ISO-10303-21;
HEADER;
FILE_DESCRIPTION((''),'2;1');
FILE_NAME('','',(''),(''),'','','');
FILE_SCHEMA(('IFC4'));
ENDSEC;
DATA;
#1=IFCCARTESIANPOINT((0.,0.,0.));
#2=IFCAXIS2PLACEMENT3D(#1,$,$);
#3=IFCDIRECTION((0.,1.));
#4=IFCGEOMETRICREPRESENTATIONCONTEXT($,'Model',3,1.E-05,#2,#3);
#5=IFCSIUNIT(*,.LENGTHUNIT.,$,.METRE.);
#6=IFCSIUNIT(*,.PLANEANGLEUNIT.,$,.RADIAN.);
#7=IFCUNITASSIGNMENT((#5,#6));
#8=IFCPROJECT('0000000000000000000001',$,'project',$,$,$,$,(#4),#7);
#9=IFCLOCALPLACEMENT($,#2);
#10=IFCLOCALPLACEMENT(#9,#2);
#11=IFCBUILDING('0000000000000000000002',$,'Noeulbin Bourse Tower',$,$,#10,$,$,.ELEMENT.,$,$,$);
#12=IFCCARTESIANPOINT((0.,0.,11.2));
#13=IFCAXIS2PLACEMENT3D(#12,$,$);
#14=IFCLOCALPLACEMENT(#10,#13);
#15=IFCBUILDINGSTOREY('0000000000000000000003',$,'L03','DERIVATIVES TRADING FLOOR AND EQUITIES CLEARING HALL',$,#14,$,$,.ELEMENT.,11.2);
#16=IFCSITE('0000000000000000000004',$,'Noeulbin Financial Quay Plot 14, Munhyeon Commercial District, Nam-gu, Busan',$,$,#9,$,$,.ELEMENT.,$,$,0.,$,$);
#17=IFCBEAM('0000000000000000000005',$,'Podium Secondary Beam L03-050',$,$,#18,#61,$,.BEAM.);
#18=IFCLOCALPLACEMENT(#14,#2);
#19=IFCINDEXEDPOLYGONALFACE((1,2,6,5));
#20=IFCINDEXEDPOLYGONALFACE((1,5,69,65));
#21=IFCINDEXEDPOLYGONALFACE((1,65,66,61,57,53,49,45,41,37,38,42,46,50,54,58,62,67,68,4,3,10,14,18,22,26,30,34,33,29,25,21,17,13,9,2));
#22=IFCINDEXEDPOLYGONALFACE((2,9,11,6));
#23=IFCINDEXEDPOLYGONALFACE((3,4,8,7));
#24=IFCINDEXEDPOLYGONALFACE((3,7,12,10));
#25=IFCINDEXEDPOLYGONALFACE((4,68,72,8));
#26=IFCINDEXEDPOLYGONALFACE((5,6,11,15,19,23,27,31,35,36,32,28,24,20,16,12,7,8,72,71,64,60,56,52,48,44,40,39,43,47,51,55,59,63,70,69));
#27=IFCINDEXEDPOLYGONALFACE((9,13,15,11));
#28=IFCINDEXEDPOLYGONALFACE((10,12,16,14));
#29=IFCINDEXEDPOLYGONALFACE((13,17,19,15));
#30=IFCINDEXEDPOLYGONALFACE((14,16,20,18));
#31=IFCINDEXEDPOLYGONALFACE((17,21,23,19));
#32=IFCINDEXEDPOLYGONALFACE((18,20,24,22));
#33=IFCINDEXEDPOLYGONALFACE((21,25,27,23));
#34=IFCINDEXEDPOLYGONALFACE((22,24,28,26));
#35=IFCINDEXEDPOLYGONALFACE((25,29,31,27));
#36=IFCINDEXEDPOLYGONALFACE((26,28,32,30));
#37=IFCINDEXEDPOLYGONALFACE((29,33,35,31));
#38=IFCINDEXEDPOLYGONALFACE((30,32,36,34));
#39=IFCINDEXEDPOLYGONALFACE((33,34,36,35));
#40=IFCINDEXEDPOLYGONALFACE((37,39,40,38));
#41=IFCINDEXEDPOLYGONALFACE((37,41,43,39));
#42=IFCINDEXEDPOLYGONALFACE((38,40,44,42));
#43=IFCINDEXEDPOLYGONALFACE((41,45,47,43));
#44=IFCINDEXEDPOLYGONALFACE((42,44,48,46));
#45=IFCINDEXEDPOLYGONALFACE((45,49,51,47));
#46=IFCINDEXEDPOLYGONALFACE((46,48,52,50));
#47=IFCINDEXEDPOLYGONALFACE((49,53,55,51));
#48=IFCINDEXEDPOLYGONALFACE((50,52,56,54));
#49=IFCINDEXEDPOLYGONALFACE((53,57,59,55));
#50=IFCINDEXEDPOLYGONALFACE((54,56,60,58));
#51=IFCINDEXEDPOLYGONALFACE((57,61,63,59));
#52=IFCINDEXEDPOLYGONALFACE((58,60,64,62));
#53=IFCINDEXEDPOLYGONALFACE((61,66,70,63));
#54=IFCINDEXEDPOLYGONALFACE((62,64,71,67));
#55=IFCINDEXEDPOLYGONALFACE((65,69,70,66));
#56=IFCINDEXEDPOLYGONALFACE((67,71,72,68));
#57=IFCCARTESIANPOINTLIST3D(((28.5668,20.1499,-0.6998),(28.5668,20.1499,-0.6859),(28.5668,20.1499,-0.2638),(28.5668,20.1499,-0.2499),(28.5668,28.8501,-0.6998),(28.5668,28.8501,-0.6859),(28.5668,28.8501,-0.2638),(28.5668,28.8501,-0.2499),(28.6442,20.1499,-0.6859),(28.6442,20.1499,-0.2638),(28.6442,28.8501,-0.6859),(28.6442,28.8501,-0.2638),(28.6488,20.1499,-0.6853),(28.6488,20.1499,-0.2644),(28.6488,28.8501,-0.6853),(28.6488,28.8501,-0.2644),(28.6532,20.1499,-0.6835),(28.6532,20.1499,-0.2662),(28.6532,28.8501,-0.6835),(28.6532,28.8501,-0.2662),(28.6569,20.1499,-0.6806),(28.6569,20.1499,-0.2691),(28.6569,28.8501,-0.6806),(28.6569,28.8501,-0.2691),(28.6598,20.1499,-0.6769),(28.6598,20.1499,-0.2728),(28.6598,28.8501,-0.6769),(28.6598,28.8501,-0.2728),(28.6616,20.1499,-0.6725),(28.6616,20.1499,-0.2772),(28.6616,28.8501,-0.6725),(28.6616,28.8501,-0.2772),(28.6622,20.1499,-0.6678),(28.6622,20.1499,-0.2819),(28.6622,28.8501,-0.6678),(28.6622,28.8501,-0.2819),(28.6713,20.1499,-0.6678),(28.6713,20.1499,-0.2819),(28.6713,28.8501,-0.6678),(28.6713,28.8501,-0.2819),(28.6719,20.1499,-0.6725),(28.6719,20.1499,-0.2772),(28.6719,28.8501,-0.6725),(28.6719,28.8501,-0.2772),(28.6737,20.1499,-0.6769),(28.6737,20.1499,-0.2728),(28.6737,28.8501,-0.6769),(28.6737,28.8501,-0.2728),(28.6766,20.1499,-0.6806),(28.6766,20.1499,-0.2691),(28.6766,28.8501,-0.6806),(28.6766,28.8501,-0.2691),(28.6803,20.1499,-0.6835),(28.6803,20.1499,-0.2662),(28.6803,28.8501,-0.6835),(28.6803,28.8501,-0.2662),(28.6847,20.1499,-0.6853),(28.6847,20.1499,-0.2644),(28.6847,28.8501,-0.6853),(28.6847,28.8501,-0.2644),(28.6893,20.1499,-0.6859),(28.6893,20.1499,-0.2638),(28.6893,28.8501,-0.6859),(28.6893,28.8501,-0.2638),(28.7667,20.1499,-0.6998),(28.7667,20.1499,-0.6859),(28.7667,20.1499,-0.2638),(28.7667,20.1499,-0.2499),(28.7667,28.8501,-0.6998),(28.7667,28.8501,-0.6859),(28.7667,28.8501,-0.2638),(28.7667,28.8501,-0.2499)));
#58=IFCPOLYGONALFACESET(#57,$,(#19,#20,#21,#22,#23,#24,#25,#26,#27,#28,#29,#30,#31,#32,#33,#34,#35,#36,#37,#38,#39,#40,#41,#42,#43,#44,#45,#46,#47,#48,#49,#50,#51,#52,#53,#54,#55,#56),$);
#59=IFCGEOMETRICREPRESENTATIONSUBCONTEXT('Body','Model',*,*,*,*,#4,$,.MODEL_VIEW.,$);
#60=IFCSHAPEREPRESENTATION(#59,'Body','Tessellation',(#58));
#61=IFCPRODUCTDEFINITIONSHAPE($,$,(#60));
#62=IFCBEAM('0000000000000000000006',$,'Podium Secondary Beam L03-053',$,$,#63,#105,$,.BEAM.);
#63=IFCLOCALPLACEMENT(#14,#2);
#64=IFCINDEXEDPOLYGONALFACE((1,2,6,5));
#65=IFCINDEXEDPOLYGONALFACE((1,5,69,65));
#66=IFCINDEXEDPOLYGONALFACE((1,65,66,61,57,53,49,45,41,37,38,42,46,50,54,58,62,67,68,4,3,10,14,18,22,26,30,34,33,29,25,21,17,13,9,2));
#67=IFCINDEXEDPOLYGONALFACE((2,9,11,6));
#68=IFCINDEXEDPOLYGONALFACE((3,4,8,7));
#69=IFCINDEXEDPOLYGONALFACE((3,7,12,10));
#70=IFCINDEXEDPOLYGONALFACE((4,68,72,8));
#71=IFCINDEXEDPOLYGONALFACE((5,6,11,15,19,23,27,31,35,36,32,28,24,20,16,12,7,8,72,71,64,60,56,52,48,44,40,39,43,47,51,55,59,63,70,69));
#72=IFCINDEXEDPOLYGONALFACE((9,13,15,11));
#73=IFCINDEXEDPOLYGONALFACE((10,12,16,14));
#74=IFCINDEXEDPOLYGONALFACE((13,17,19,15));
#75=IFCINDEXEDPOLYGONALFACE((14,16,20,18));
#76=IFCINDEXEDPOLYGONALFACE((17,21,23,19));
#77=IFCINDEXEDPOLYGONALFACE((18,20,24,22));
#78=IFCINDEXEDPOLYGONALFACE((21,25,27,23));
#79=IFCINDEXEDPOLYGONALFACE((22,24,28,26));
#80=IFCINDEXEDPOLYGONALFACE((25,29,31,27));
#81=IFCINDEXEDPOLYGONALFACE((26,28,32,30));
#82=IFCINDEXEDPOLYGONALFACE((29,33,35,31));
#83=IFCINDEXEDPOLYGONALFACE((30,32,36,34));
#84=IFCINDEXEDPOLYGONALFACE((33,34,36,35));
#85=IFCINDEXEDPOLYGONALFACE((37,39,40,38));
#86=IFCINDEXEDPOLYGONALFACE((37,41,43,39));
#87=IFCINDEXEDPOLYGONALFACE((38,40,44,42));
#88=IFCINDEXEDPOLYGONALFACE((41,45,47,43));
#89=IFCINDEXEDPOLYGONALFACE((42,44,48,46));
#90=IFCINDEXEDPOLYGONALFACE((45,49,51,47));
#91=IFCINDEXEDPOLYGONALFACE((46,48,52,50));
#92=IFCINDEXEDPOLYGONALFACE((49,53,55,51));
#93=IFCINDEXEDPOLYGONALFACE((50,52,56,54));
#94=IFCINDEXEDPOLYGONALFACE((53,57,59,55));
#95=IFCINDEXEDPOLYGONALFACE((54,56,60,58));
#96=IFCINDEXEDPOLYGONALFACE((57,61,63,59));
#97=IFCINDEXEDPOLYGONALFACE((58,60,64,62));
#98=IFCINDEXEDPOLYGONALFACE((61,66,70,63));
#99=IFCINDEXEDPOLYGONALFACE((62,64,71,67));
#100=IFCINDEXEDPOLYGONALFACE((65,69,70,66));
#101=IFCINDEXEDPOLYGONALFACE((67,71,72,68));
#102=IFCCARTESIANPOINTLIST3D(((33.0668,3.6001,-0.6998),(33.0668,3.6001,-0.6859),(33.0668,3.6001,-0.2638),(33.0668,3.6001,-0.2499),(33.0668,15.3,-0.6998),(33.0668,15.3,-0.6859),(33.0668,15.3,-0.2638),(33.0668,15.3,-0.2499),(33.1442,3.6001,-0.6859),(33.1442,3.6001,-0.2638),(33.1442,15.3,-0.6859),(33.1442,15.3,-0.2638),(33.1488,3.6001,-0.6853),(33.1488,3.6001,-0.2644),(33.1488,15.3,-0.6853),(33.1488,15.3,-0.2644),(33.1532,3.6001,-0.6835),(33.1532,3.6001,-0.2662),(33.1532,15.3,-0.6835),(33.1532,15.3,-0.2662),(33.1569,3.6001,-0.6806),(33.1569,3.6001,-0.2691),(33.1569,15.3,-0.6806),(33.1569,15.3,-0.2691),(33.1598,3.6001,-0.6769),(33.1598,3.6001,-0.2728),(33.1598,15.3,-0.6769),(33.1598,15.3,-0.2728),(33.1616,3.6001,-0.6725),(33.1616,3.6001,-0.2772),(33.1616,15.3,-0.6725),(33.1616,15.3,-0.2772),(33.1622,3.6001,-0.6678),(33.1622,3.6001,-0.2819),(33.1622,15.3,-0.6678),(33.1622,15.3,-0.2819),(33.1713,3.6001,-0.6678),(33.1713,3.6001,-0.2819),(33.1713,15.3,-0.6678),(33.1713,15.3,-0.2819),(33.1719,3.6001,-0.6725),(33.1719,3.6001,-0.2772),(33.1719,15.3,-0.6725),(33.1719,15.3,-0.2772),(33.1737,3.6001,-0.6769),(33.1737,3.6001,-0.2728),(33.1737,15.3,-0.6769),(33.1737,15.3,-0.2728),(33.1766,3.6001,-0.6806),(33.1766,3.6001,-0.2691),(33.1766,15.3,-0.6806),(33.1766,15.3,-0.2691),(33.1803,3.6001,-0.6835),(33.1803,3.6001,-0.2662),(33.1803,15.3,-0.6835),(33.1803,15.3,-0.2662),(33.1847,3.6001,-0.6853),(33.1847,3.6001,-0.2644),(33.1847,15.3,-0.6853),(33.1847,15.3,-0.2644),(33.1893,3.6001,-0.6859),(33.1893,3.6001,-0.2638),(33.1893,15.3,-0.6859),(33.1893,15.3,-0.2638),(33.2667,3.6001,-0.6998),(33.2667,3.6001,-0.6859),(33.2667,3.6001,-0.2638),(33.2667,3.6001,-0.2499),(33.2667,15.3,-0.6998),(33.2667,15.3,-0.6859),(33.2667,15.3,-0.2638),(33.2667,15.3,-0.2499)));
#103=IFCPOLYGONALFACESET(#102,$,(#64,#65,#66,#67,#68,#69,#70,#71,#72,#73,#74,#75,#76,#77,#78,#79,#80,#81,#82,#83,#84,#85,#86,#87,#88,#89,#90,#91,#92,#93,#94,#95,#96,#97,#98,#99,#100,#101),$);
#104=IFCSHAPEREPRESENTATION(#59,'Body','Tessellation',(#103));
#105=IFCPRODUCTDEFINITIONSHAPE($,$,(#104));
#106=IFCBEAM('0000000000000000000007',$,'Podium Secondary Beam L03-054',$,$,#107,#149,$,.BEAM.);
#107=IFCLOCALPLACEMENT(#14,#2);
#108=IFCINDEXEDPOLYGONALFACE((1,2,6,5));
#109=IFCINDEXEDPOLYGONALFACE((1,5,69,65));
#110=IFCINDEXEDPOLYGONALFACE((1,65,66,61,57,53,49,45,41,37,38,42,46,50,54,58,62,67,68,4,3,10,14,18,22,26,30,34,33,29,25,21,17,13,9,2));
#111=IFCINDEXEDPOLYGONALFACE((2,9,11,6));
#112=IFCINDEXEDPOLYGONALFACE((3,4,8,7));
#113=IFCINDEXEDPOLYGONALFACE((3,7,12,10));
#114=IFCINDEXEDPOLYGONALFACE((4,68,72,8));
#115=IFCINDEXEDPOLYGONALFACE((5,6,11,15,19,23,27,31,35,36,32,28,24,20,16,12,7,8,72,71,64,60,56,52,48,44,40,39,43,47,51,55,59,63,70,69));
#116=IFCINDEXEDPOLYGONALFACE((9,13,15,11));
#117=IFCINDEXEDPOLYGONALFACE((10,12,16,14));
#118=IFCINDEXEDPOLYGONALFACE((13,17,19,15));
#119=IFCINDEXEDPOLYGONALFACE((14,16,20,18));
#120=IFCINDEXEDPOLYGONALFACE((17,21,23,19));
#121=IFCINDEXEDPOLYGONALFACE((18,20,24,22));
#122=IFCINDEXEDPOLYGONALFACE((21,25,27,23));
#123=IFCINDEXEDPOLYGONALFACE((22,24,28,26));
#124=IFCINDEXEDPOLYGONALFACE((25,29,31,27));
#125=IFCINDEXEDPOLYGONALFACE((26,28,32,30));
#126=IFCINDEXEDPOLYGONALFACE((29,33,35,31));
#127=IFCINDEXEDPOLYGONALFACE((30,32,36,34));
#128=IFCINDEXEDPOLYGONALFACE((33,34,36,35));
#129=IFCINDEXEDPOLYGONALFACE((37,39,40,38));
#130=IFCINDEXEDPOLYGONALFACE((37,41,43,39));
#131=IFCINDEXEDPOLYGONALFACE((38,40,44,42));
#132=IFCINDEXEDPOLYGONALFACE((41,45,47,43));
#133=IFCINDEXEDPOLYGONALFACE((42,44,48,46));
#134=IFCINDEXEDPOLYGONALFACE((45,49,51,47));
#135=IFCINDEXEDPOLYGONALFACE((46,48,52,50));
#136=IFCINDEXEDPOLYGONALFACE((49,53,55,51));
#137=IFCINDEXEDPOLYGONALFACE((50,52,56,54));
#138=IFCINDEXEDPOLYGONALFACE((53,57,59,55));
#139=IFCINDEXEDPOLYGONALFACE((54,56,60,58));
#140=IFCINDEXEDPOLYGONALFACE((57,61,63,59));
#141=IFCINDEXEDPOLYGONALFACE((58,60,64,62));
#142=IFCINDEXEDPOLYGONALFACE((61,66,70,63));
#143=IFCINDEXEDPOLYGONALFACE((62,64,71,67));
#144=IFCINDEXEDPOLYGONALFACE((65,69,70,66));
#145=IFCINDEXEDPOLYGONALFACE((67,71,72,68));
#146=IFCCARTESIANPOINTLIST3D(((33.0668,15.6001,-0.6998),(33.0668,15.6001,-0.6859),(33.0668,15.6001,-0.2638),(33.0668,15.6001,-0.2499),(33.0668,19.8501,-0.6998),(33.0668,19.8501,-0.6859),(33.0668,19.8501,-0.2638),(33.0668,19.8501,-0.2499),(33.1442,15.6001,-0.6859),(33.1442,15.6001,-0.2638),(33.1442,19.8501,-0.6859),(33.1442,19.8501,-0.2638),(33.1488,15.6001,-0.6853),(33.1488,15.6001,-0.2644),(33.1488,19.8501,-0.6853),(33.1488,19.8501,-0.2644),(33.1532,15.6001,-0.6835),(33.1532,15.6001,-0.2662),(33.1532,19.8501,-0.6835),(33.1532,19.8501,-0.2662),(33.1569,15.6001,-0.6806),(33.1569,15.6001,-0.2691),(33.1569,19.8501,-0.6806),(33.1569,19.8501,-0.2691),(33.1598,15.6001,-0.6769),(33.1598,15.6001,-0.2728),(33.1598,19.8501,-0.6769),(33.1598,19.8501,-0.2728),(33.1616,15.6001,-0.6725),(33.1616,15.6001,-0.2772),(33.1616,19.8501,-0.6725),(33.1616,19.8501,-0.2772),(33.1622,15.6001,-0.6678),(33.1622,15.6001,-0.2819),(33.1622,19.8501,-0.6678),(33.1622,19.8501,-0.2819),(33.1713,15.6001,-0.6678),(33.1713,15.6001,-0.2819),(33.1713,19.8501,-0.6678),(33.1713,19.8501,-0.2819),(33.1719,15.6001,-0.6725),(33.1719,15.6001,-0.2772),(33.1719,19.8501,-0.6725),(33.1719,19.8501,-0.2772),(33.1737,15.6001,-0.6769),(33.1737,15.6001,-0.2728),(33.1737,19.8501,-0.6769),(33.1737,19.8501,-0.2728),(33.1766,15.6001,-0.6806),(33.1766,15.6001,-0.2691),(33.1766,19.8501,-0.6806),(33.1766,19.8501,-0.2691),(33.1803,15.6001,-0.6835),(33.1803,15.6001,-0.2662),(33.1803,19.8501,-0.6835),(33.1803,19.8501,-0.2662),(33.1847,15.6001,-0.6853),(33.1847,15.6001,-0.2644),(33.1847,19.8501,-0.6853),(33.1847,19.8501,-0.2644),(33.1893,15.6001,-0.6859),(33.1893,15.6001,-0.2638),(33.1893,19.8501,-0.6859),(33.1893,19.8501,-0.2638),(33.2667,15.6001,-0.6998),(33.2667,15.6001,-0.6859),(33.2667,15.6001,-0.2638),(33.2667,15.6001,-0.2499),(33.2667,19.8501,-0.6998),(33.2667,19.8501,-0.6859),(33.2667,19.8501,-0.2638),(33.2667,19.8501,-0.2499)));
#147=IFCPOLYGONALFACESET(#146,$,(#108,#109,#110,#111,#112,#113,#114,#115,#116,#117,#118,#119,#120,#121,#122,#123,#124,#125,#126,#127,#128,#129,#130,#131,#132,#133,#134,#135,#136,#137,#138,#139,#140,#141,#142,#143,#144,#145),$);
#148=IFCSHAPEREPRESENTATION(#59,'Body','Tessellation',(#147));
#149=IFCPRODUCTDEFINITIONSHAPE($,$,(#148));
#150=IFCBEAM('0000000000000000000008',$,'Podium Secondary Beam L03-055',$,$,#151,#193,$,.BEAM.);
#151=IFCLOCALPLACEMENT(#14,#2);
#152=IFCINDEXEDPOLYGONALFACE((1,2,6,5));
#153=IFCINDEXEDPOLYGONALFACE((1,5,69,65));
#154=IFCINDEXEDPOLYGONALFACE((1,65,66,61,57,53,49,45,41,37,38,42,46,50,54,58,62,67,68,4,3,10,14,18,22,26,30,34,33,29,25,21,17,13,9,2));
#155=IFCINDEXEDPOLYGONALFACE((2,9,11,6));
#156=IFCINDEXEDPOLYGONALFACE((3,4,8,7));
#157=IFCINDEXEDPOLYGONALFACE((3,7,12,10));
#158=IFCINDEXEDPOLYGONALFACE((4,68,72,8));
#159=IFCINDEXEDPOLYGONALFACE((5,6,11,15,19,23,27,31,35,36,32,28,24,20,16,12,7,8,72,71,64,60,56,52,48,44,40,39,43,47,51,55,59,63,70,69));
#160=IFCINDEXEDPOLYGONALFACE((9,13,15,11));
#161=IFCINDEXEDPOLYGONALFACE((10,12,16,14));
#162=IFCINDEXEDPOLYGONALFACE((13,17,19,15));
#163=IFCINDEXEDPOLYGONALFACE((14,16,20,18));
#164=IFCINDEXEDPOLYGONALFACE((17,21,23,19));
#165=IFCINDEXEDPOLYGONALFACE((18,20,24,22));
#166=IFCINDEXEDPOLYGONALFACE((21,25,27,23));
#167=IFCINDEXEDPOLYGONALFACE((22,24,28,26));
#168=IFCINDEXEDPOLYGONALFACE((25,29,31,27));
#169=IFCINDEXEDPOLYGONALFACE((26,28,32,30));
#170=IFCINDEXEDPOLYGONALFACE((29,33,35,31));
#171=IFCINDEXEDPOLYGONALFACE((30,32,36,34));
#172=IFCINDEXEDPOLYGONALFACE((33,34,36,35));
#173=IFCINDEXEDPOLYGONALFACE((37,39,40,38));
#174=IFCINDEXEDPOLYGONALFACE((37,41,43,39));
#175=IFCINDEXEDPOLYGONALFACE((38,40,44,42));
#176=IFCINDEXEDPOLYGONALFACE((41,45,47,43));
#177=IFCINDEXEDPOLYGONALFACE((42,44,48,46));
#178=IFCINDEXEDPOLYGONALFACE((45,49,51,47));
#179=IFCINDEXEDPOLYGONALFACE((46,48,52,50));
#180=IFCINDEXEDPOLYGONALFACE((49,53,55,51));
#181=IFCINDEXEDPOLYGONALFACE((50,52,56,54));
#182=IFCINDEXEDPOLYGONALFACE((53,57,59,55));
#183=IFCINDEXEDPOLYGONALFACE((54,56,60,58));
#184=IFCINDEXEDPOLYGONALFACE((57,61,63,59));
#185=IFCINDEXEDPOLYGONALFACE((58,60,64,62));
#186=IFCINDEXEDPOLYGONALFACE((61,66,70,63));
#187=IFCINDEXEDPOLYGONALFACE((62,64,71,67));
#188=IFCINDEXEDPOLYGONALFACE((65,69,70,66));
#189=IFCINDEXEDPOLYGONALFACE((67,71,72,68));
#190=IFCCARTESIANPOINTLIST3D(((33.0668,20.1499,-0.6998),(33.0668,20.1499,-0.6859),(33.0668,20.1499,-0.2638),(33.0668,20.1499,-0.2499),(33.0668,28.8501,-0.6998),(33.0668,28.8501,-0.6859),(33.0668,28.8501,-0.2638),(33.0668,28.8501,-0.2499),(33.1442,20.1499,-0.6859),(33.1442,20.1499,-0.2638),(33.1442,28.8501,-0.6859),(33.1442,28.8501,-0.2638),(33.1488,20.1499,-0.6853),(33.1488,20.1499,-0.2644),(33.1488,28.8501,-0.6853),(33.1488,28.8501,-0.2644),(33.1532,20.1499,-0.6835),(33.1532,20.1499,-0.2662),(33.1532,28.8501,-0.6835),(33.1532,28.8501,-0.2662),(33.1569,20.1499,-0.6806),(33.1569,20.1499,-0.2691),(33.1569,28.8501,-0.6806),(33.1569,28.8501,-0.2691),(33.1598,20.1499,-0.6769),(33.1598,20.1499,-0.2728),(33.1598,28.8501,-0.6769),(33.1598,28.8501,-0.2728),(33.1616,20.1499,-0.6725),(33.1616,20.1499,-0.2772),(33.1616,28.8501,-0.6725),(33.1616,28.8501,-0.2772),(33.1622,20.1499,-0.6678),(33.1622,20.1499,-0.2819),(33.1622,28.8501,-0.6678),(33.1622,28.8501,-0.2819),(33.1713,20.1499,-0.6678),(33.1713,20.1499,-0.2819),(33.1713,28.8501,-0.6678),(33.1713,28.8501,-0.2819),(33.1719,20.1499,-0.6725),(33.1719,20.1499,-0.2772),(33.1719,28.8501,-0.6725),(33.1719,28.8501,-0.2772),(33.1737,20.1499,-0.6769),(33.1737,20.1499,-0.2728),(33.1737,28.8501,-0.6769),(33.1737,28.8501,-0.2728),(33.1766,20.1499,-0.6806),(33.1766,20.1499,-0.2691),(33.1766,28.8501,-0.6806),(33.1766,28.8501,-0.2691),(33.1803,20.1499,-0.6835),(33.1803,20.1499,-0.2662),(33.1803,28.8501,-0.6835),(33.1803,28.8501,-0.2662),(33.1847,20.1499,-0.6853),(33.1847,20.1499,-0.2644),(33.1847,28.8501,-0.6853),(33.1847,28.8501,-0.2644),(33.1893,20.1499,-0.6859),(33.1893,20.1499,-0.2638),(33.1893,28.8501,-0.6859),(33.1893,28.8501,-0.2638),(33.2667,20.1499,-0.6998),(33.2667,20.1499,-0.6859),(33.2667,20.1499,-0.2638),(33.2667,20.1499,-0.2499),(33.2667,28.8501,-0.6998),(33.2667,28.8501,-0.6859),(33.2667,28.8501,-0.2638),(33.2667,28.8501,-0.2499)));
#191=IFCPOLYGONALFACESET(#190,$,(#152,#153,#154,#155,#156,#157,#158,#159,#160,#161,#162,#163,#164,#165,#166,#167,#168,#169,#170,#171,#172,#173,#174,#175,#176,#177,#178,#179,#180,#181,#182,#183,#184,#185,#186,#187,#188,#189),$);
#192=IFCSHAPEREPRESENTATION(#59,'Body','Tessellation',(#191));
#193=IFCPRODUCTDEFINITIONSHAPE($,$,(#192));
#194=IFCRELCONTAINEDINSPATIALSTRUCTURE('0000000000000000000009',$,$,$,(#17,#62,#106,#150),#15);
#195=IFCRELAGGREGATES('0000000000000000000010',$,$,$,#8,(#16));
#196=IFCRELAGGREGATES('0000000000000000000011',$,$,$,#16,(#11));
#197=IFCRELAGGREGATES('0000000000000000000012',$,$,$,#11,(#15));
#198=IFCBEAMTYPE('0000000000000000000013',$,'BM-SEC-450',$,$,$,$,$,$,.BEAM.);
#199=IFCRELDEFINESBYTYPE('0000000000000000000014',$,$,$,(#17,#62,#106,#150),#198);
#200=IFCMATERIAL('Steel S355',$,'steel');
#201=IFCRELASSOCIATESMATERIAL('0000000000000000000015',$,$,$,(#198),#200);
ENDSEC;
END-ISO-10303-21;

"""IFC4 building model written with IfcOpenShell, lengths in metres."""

from ifc_helpers import new_model, si_unit, direction, frame, origin, origin_2d, place, context, subcontext, project, spatial, i_section, extrude, material, material_profile, profile_set, type_object, element, save


model = new_model("IFC4")

# Units and contexts
model_context = context("Model", 3, precision=1e-05, world=origin(), true_north=direction((0.0, 1.0)))
body_context = subcontext(model_context, "Body", "Model", "MODEL_VIEW")
ifc_project = project(units=[si_unit("LENGTHUNIT", "METRE"), si_unit("PLANEANGLEUNIT", "RADIAN")], contexts=[model_context])

# Site, building, storey
site_placement = place(None, origin())
site = spatial("IfcSite", under=ifc_project, at=site_placement, Name="Noeulbin Financial Quay Plot 14, Munhyeon Commercial District, Nam-gu, Busan", CompositionType="ELEMENT", RefElevation=0.0)
building_placement = place(site_placement, origin())
building = spatial("IfcBuilding", under=site, at=building_placement, Name="Noeulbin Bourse Tower", CompositionType="ELEMENT")
storey_placement = place(building_placement, frame((0.0, 0.0, 11.2)))
storey = spatial("IfcBuildingStorey", under=building, at=storey_placement, Name="L03", Description="DERIVATIVES TRADING FLOOR AND EQUITIES CLEARING HALL", CompositionType="ELEMENT", Elevation=11.2)

# Beams
ifc_material_1 = material(Name="Steel S355", Category="steel")
ifc_material_profile_1 = material_profile(ifc_material_1, i_section(OverallWidth=0.2, OverallDepth=0.45, WebThickness=0.009, FlangeThickness=0.0139, FilletRadius=0.0181, at=origin_2d()), Name="H-450x200x9x14", Category="LoadBearing")
ifc_profile_set_1 = profile_set([ifc_material_profile_1], Name="Steel S355")
beam_type_1 = type_object("IfcBeamType", Name="BM-SEC-450", PredefinedType="BEAM", material=ifc_profile_set_1)
beam_1_placement = place(storey_placement, frame((28.6667, 20.1499, -0.4749), z_axis=(0.0, 1.0, 0.0), x_axis=(-1.0, 0.0, 0.0)))
element("IfcBeam", 1, at=beam_1_placement, inside=storey, type_object=beam_type_1, Name="Podium Secondary Beam L03-050", PredefinedType="BEAM", context=body_context, shape_type="SweptSolid", body=[
    extrude(i_section(OverallWidth=0.2, OverallDepth=0.45, WebThickness=0.009, FlangeThickness=0.0139, FilletRadius=0.0181, at=origin_2d()), origin(), (0.0, 0.0, 1.0), 8.7002),
])
beam_2_placement = place(storey_placement, frame((33.1667, 3.6001, -0.4749), z_axis=(0.0, 1.0, 0.0), x_axis=(-1.0, 0.0, 0.0)))
element("IfcBeam", 2, at=beam_2_placement, inside=storey, type_object=beam_type_1, Name="Podium Secondary Beam L03-053", PredefinedType="BEAM", context=body_context, shape_type="SweptSolid", body=[
    extrude(i_section(OverallWidth=0.2, OverallDepth=0.45, WebThickness=0.009, FlangeThickness=0.0139, FilletRadius=0.0181, at=origin_2d()), origin(), (0.0, 0.0, 1.0), 11.7),
])
beam_3_placement = place(storey_placement, frame((33.1667, 15.6001, -0.4749), z_axis=(0.0, 1.0, 0.0), x_axis=(-1.0, 0.0, 0.0)))
element("IfcBeam", 3, at=beam_3_placement, inside=storey, type_object=beam_type_1, Name="Podium Secondary Beam L03-054", PredefinedType="BEAM", context=body_context, shape_type="SweptSolid", body=[
    extrude(i_section(OverallWidth=0.2, OverallDepth=0.45, WebThickness=0.009, FlangeThickness=0.0139, FilletRadius=0.0181, at=origin_2d()), origin(), (0.0, 0.0, 1.0), 4.25),
])
beam_4_placement = place(storey_placement, frame((33.1667, 20.1499, -0.4749), z_axis=(0.0, 1.0, 0.0), x_axis=(-1.0, 0.0, 0.0)))
element("IfcBeam", 4, at=beam_4_placement, inside=storey, type_object=beam_type_1, Name="Podium Secondary Beam L03-055", PredefinedType="BEAM", context=body_context, shape_type="SweptSolid", body=[
    extrude(i_section(OverallWidth=0.2, OverallDepth=0.45, WebThickness=0.009, FlangeThickness=0.0139, FilletRadius=0.0181, at=origin_2d()), origin(), (0.0, 0.0, 1.0), 8.7002),
])

save(model, "model.ifc")
